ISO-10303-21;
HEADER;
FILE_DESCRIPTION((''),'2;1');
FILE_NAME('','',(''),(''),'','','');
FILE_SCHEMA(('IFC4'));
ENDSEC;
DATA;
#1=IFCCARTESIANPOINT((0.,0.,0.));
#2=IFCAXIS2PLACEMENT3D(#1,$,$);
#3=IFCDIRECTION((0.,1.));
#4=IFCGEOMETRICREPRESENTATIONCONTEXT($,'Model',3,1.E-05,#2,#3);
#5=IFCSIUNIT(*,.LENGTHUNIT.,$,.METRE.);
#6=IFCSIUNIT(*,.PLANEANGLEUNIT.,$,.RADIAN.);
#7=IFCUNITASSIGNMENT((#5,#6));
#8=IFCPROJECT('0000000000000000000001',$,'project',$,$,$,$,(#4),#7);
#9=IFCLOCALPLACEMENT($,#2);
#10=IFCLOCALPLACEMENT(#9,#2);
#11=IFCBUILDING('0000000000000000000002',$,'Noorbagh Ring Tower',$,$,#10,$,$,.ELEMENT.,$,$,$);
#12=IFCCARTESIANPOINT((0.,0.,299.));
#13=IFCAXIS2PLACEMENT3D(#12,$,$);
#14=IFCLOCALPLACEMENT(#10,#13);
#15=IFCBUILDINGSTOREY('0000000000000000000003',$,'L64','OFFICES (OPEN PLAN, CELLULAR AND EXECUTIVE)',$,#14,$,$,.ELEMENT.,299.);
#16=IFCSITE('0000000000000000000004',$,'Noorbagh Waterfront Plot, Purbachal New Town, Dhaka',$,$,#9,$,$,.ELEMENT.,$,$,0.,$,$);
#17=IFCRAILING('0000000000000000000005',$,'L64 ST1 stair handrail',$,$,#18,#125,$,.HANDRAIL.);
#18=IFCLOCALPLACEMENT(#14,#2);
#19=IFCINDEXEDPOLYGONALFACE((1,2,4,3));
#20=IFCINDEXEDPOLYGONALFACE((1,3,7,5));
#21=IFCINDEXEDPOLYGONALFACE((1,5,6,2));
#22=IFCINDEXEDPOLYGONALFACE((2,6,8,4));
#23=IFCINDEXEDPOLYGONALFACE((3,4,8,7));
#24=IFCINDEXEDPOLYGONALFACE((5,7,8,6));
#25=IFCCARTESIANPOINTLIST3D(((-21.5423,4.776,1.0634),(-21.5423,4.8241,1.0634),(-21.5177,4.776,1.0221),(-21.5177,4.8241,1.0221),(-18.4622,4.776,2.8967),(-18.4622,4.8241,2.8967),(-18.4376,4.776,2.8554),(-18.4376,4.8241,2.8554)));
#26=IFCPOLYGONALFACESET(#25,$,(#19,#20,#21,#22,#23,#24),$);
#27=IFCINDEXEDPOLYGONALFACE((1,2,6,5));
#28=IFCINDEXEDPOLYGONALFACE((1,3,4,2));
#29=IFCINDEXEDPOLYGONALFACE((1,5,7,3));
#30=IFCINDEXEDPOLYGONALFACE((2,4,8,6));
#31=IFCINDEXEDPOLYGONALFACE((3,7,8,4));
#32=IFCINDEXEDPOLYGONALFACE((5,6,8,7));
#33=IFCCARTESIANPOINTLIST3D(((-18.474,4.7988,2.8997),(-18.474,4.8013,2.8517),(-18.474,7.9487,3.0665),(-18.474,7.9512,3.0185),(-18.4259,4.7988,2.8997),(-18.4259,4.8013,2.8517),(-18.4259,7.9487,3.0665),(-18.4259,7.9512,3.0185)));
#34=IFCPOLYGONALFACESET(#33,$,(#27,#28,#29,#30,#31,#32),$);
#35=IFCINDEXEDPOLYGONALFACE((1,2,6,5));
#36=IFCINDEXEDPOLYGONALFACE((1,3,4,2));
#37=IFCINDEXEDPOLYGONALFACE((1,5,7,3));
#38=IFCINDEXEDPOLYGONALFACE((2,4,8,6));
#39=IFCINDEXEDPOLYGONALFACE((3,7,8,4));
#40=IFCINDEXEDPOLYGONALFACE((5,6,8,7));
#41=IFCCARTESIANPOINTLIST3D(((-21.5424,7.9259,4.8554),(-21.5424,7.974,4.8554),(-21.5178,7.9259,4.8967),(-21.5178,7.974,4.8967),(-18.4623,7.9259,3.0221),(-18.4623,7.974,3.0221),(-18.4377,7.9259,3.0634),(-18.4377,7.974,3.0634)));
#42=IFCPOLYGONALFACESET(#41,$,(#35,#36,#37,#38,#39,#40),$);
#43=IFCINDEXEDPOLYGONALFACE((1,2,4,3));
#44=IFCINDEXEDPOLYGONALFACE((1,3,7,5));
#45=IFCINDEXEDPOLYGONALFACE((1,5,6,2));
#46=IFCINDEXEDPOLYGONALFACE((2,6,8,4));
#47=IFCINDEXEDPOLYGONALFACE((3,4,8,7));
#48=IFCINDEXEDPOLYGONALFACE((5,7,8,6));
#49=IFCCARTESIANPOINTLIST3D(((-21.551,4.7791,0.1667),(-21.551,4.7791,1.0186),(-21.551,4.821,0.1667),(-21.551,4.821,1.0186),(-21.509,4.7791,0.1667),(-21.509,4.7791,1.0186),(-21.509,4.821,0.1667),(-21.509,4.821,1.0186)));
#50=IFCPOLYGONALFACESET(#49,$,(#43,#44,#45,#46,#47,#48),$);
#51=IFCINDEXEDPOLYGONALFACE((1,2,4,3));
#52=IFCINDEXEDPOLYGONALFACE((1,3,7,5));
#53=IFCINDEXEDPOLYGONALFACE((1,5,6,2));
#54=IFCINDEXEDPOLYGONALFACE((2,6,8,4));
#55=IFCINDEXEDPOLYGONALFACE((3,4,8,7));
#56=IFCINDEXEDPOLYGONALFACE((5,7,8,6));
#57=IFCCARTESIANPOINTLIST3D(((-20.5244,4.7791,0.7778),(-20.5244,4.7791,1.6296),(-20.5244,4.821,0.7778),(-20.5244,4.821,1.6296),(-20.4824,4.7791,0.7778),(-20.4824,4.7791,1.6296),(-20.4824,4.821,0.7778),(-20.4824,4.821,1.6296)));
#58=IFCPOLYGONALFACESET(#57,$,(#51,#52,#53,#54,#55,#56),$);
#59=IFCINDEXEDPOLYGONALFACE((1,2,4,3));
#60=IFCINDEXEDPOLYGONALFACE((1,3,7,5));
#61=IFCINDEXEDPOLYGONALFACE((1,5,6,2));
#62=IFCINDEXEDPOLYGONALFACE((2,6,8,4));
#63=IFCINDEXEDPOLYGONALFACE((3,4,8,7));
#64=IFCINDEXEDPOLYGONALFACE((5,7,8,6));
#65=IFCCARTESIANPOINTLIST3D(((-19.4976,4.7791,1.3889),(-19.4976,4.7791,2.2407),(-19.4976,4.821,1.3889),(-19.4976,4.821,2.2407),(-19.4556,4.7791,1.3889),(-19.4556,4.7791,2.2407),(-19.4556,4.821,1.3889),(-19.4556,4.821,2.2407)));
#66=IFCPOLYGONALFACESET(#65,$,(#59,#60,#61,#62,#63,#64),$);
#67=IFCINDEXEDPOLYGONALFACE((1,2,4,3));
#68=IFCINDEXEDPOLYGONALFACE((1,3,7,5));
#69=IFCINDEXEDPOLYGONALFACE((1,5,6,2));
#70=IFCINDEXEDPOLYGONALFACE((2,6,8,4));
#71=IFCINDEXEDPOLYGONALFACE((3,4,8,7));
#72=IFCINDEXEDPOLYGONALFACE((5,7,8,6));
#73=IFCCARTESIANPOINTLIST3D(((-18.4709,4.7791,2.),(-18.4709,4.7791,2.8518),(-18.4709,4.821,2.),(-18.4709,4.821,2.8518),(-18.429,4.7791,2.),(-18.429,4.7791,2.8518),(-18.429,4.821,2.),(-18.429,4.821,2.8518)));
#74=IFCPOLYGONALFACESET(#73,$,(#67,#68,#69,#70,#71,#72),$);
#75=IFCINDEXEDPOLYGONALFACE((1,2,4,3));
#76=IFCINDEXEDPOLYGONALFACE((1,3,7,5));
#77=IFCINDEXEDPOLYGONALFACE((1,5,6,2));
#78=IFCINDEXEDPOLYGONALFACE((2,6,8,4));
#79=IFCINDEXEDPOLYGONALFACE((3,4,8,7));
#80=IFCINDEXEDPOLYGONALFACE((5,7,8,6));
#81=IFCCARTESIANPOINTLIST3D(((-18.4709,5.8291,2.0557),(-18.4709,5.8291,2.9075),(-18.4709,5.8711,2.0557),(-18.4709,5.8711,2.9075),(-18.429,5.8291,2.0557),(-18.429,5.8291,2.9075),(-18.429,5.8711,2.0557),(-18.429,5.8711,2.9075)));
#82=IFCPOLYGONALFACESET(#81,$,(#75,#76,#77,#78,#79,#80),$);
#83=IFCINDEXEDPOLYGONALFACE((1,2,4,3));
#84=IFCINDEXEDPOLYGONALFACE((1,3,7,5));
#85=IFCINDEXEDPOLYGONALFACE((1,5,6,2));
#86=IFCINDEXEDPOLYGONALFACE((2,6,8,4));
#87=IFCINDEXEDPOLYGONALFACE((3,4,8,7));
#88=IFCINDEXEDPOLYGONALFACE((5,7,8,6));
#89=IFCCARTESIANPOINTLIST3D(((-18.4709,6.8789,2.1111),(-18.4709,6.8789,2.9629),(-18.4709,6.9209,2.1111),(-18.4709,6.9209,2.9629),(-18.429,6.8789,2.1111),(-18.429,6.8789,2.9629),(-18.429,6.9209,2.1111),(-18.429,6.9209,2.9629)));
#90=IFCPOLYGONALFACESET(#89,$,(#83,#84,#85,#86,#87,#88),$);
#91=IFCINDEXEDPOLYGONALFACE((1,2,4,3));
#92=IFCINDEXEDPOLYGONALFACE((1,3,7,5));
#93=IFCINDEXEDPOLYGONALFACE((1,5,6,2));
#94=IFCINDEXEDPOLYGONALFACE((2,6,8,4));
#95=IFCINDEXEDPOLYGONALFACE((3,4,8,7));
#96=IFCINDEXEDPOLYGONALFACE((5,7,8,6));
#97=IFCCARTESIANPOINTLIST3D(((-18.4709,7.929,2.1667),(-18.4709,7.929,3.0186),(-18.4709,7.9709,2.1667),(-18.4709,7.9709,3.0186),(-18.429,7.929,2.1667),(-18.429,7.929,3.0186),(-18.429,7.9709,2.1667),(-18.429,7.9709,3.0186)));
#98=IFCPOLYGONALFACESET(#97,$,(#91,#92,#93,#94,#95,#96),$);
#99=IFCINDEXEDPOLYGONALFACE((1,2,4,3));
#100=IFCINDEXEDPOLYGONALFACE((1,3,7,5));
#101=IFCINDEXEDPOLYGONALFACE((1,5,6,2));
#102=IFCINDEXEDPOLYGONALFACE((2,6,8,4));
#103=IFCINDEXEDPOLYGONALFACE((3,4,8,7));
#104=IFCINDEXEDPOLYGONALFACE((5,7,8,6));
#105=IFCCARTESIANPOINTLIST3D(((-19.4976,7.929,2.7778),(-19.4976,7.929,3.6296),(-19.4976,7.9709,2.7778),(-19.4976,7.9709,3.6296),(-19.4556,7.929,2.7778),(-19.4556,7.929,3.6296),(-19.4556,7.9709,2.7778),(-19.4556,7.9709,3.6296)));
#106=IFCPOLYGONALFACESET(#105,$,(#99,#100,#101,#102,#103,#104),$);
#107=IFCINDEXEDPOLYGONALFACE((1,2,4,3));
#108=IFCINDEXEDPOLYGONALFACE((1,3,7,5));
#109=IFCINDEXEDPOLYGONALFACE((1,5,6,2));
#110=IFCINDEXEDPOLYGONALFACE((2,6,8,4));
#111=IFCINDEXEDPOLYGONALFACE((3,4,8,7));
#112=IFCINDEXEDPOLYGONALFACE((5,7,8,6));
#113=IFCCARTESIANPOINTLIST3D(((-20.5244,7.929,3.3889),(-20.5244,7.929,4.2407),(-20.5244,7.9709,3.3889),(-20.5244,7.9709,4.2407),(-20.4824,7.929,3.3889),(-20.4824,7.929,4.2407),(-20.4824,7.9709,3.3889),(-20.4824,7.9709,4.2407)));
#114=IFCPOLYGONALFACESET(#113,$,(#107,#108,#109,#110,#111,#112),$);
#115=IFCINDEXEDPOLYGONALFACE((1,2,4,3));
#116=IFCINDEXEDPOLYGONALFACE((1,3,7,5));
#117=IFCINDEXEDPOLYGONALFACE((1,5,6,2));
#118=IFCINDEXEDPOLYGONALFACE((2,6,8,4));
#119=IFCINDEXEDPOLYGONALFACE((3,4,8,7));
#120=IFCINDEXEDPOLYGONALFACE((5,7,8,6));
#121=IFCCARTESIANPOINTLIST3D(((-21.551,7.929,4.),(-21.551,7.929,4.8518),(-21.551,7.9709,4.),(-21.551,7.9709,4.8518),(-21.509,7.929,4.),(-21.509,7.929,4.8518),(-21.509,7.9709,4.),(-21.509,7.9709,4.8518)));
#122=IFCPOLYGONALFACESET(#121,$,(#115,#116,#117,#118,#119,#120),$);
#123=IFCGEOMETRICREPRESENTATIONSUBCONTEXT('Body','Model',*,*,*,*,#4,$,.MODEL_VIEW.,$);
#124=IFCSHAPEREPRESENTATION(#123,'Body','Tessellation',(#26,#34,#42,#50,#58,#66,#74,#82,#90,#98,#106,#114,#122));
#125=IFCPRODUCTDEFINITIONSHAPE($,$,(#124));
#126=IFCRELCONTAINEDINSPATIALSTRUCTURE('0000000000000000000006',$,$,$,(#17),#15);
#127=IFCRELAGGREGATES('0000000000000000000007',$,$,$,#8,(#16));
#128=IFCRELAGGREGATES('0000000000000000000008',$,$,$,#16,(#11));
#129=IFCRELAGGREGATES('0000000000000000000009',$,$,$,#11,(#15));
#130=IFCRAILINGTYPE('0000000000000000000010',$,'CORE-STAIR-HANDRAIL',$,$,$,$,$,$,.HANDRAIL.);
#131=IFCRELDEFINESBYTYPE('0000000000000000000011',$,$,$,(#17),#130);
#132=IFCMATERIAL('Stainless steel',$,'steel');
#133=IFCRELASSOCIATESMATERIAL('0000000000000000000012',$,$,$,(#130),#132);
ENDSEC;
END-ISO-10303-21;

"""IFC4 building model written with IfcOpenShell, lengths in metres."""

from ifc_helpers import new_model, si_unit, direction, frame, origin, origin_2d, place, context, subcontext, project, spatial, rectangle, extrude, material, type_object, element, save


model = new_model("IFC4")

# Units and contexts
model_context = context("Model", 3, precision=1e-05, world=origin(), true_north=direction((0.0, 1.0)))
body_context = subcontext(model_context, "Body", "Model", "MODEL_VIEW")
ifc_project = project(units=[si_unit("LENGTHUNIT", "METRE"), si_unit("PLANEANGLEUNIT", "RADIAN")], contexts=[model_context])

# Site, building, storey
site_placement = place(None, origin())
site = spatial("IfcSite", under=ifc_project, at=site_placement, Name="Noorbagh Waterfront Plot, Purbachal New Town, Dhaka", CompositionType="ELEMENT", RefElevation=0.0)
building_placement = place(site_placement, origin())
building = spatial("IfcBuilding", under=site, at=building_placement, Name="Noorbagh Ring Tower", CompositionType="ELEMENT")
storey_placement = place(building_placement, frame((0.0, 0.0, 299.0)))
storey = spatial("IfcBuildingStorey", under=building, at=storey_placement, Name="L64", Description="OFFICES (OPEN PLAN, CELLULAR AND EXECUTIVE)", CompositionType="ELEMENT", Elevation=299.0)

# Railing
ifc_material_1 = material(Name="Stainless steel", Category="steel")
railing_type_1 = type_object("IfcRailingType", Name="CORE-STAIR-HANDRAIL", PredefinedType="HANDRAIL", material=ifc_material_1)
railing_1_placement = place(storey_placement, frame((-21.53, 4.8, 0.1667)))
element("IfcRailing", 1, at=railing_1_placement, inside=storey, type_object=railing_type_1, Name="L64 ST1 stair handrail", PredefinedType="HANDRAIL", context=body_context, shape_type="SweptSolid", body=[
    extrude(rectangle(XDim=0.0481, YDim=0.0481, at=origin_2d()), frame((0.0, 0.0, 0.876), z_axis=(0.859309, 0.0, 0.511458), x_axis=(0.0, 1.0, 0.0)), (0.0, 0.0, 1.0), 3.5845),
    extrude(rectangle(XDim=0.0481, YDim=0.0481, at=origin_2d()), frame((3.0801, 0.0, 2.709), z_axis=(0.0, 0.998602, 0.052864), x_axis=(-1.0, 0.0, 0.0)), (0.0, 0.0, 1.0), 3.1543),
    extrude(rectangle(XDim=0.0481, YDim=0.0481, at=origin_2d()), frame((3.0801, 3.1499, 2.876), z_axis=(-0.859309, 0.0, 0.511458), x_axis=(0.0, -1.0, 0.0)), (0.0, 0.0, 1.0), 3.5845),
    extrude(rectangle(XDim=0.042, YDim=0.042, at=origin_2d()), origin(), (0.0, 0.0, 1.0), 0.8518),
    extrude(rectangle(XDim=0.042, YDim=0.042, at=origin_2d()), frame((1.0266, 0.0, 0.6111)), (0.0, 0.0, 1.0), 0.8518),
    extrude(rectangle(XDim=0.042, YDim=0.042, at=origin_2d()), frame((2.0535, 0.0, 1.2222)), (0.0, 0.0, 1.0), 0.8518),
    extrude(rectangle(XDim=0.042, YDim=0.042, at=origin_2d()), frame((3.0801, 0.0, 1.8333)), (0.0, 0.0, 1.0), 0.8518),
    extrude(rectangle(XDim=0.042, YDim=0.042, at=origin_2d()), frame((3.0801, 1.05, 1.8889)), (0.0, 0.0, 1.0), 0.8518),
    extrude(rectangle(XDim=0.042, YDim=0.042, at=origin_2d()), frame((3.0801, 2.0999, 1.9443)), (0.0, 0.0, 1.0), 0.8518),
    extrude(rectangle(XDim=0.042, YDim=0.042, at=origin_2d()), frame((3.0801, 3.1499, 2.0)), (0.0, 0.0, 1.0), 0.8518),
    extrude(rectangle(XDim=0.042, YDim=0.042, at=origin_2d()), frame((2.0535, 3.1499, 2.6111)), (0.0, 0.0, 1.0), 0.8518),
    extrude(rectangle(XDim=0.042, YDim=0.042, at=origin_2d()), frame((1.0266, 3.1499, 3.2222)), (0.0, 0.0, 1.0), 0.8518),
    extrude(rectangle(XDim=0.042, YDim=0.042, at=origin_2d()), frame((0.0, 3.1499, 3.8333)), (0.0, 0.0, 1.0), 0.8518),
])

save(model, "model.ifc")
